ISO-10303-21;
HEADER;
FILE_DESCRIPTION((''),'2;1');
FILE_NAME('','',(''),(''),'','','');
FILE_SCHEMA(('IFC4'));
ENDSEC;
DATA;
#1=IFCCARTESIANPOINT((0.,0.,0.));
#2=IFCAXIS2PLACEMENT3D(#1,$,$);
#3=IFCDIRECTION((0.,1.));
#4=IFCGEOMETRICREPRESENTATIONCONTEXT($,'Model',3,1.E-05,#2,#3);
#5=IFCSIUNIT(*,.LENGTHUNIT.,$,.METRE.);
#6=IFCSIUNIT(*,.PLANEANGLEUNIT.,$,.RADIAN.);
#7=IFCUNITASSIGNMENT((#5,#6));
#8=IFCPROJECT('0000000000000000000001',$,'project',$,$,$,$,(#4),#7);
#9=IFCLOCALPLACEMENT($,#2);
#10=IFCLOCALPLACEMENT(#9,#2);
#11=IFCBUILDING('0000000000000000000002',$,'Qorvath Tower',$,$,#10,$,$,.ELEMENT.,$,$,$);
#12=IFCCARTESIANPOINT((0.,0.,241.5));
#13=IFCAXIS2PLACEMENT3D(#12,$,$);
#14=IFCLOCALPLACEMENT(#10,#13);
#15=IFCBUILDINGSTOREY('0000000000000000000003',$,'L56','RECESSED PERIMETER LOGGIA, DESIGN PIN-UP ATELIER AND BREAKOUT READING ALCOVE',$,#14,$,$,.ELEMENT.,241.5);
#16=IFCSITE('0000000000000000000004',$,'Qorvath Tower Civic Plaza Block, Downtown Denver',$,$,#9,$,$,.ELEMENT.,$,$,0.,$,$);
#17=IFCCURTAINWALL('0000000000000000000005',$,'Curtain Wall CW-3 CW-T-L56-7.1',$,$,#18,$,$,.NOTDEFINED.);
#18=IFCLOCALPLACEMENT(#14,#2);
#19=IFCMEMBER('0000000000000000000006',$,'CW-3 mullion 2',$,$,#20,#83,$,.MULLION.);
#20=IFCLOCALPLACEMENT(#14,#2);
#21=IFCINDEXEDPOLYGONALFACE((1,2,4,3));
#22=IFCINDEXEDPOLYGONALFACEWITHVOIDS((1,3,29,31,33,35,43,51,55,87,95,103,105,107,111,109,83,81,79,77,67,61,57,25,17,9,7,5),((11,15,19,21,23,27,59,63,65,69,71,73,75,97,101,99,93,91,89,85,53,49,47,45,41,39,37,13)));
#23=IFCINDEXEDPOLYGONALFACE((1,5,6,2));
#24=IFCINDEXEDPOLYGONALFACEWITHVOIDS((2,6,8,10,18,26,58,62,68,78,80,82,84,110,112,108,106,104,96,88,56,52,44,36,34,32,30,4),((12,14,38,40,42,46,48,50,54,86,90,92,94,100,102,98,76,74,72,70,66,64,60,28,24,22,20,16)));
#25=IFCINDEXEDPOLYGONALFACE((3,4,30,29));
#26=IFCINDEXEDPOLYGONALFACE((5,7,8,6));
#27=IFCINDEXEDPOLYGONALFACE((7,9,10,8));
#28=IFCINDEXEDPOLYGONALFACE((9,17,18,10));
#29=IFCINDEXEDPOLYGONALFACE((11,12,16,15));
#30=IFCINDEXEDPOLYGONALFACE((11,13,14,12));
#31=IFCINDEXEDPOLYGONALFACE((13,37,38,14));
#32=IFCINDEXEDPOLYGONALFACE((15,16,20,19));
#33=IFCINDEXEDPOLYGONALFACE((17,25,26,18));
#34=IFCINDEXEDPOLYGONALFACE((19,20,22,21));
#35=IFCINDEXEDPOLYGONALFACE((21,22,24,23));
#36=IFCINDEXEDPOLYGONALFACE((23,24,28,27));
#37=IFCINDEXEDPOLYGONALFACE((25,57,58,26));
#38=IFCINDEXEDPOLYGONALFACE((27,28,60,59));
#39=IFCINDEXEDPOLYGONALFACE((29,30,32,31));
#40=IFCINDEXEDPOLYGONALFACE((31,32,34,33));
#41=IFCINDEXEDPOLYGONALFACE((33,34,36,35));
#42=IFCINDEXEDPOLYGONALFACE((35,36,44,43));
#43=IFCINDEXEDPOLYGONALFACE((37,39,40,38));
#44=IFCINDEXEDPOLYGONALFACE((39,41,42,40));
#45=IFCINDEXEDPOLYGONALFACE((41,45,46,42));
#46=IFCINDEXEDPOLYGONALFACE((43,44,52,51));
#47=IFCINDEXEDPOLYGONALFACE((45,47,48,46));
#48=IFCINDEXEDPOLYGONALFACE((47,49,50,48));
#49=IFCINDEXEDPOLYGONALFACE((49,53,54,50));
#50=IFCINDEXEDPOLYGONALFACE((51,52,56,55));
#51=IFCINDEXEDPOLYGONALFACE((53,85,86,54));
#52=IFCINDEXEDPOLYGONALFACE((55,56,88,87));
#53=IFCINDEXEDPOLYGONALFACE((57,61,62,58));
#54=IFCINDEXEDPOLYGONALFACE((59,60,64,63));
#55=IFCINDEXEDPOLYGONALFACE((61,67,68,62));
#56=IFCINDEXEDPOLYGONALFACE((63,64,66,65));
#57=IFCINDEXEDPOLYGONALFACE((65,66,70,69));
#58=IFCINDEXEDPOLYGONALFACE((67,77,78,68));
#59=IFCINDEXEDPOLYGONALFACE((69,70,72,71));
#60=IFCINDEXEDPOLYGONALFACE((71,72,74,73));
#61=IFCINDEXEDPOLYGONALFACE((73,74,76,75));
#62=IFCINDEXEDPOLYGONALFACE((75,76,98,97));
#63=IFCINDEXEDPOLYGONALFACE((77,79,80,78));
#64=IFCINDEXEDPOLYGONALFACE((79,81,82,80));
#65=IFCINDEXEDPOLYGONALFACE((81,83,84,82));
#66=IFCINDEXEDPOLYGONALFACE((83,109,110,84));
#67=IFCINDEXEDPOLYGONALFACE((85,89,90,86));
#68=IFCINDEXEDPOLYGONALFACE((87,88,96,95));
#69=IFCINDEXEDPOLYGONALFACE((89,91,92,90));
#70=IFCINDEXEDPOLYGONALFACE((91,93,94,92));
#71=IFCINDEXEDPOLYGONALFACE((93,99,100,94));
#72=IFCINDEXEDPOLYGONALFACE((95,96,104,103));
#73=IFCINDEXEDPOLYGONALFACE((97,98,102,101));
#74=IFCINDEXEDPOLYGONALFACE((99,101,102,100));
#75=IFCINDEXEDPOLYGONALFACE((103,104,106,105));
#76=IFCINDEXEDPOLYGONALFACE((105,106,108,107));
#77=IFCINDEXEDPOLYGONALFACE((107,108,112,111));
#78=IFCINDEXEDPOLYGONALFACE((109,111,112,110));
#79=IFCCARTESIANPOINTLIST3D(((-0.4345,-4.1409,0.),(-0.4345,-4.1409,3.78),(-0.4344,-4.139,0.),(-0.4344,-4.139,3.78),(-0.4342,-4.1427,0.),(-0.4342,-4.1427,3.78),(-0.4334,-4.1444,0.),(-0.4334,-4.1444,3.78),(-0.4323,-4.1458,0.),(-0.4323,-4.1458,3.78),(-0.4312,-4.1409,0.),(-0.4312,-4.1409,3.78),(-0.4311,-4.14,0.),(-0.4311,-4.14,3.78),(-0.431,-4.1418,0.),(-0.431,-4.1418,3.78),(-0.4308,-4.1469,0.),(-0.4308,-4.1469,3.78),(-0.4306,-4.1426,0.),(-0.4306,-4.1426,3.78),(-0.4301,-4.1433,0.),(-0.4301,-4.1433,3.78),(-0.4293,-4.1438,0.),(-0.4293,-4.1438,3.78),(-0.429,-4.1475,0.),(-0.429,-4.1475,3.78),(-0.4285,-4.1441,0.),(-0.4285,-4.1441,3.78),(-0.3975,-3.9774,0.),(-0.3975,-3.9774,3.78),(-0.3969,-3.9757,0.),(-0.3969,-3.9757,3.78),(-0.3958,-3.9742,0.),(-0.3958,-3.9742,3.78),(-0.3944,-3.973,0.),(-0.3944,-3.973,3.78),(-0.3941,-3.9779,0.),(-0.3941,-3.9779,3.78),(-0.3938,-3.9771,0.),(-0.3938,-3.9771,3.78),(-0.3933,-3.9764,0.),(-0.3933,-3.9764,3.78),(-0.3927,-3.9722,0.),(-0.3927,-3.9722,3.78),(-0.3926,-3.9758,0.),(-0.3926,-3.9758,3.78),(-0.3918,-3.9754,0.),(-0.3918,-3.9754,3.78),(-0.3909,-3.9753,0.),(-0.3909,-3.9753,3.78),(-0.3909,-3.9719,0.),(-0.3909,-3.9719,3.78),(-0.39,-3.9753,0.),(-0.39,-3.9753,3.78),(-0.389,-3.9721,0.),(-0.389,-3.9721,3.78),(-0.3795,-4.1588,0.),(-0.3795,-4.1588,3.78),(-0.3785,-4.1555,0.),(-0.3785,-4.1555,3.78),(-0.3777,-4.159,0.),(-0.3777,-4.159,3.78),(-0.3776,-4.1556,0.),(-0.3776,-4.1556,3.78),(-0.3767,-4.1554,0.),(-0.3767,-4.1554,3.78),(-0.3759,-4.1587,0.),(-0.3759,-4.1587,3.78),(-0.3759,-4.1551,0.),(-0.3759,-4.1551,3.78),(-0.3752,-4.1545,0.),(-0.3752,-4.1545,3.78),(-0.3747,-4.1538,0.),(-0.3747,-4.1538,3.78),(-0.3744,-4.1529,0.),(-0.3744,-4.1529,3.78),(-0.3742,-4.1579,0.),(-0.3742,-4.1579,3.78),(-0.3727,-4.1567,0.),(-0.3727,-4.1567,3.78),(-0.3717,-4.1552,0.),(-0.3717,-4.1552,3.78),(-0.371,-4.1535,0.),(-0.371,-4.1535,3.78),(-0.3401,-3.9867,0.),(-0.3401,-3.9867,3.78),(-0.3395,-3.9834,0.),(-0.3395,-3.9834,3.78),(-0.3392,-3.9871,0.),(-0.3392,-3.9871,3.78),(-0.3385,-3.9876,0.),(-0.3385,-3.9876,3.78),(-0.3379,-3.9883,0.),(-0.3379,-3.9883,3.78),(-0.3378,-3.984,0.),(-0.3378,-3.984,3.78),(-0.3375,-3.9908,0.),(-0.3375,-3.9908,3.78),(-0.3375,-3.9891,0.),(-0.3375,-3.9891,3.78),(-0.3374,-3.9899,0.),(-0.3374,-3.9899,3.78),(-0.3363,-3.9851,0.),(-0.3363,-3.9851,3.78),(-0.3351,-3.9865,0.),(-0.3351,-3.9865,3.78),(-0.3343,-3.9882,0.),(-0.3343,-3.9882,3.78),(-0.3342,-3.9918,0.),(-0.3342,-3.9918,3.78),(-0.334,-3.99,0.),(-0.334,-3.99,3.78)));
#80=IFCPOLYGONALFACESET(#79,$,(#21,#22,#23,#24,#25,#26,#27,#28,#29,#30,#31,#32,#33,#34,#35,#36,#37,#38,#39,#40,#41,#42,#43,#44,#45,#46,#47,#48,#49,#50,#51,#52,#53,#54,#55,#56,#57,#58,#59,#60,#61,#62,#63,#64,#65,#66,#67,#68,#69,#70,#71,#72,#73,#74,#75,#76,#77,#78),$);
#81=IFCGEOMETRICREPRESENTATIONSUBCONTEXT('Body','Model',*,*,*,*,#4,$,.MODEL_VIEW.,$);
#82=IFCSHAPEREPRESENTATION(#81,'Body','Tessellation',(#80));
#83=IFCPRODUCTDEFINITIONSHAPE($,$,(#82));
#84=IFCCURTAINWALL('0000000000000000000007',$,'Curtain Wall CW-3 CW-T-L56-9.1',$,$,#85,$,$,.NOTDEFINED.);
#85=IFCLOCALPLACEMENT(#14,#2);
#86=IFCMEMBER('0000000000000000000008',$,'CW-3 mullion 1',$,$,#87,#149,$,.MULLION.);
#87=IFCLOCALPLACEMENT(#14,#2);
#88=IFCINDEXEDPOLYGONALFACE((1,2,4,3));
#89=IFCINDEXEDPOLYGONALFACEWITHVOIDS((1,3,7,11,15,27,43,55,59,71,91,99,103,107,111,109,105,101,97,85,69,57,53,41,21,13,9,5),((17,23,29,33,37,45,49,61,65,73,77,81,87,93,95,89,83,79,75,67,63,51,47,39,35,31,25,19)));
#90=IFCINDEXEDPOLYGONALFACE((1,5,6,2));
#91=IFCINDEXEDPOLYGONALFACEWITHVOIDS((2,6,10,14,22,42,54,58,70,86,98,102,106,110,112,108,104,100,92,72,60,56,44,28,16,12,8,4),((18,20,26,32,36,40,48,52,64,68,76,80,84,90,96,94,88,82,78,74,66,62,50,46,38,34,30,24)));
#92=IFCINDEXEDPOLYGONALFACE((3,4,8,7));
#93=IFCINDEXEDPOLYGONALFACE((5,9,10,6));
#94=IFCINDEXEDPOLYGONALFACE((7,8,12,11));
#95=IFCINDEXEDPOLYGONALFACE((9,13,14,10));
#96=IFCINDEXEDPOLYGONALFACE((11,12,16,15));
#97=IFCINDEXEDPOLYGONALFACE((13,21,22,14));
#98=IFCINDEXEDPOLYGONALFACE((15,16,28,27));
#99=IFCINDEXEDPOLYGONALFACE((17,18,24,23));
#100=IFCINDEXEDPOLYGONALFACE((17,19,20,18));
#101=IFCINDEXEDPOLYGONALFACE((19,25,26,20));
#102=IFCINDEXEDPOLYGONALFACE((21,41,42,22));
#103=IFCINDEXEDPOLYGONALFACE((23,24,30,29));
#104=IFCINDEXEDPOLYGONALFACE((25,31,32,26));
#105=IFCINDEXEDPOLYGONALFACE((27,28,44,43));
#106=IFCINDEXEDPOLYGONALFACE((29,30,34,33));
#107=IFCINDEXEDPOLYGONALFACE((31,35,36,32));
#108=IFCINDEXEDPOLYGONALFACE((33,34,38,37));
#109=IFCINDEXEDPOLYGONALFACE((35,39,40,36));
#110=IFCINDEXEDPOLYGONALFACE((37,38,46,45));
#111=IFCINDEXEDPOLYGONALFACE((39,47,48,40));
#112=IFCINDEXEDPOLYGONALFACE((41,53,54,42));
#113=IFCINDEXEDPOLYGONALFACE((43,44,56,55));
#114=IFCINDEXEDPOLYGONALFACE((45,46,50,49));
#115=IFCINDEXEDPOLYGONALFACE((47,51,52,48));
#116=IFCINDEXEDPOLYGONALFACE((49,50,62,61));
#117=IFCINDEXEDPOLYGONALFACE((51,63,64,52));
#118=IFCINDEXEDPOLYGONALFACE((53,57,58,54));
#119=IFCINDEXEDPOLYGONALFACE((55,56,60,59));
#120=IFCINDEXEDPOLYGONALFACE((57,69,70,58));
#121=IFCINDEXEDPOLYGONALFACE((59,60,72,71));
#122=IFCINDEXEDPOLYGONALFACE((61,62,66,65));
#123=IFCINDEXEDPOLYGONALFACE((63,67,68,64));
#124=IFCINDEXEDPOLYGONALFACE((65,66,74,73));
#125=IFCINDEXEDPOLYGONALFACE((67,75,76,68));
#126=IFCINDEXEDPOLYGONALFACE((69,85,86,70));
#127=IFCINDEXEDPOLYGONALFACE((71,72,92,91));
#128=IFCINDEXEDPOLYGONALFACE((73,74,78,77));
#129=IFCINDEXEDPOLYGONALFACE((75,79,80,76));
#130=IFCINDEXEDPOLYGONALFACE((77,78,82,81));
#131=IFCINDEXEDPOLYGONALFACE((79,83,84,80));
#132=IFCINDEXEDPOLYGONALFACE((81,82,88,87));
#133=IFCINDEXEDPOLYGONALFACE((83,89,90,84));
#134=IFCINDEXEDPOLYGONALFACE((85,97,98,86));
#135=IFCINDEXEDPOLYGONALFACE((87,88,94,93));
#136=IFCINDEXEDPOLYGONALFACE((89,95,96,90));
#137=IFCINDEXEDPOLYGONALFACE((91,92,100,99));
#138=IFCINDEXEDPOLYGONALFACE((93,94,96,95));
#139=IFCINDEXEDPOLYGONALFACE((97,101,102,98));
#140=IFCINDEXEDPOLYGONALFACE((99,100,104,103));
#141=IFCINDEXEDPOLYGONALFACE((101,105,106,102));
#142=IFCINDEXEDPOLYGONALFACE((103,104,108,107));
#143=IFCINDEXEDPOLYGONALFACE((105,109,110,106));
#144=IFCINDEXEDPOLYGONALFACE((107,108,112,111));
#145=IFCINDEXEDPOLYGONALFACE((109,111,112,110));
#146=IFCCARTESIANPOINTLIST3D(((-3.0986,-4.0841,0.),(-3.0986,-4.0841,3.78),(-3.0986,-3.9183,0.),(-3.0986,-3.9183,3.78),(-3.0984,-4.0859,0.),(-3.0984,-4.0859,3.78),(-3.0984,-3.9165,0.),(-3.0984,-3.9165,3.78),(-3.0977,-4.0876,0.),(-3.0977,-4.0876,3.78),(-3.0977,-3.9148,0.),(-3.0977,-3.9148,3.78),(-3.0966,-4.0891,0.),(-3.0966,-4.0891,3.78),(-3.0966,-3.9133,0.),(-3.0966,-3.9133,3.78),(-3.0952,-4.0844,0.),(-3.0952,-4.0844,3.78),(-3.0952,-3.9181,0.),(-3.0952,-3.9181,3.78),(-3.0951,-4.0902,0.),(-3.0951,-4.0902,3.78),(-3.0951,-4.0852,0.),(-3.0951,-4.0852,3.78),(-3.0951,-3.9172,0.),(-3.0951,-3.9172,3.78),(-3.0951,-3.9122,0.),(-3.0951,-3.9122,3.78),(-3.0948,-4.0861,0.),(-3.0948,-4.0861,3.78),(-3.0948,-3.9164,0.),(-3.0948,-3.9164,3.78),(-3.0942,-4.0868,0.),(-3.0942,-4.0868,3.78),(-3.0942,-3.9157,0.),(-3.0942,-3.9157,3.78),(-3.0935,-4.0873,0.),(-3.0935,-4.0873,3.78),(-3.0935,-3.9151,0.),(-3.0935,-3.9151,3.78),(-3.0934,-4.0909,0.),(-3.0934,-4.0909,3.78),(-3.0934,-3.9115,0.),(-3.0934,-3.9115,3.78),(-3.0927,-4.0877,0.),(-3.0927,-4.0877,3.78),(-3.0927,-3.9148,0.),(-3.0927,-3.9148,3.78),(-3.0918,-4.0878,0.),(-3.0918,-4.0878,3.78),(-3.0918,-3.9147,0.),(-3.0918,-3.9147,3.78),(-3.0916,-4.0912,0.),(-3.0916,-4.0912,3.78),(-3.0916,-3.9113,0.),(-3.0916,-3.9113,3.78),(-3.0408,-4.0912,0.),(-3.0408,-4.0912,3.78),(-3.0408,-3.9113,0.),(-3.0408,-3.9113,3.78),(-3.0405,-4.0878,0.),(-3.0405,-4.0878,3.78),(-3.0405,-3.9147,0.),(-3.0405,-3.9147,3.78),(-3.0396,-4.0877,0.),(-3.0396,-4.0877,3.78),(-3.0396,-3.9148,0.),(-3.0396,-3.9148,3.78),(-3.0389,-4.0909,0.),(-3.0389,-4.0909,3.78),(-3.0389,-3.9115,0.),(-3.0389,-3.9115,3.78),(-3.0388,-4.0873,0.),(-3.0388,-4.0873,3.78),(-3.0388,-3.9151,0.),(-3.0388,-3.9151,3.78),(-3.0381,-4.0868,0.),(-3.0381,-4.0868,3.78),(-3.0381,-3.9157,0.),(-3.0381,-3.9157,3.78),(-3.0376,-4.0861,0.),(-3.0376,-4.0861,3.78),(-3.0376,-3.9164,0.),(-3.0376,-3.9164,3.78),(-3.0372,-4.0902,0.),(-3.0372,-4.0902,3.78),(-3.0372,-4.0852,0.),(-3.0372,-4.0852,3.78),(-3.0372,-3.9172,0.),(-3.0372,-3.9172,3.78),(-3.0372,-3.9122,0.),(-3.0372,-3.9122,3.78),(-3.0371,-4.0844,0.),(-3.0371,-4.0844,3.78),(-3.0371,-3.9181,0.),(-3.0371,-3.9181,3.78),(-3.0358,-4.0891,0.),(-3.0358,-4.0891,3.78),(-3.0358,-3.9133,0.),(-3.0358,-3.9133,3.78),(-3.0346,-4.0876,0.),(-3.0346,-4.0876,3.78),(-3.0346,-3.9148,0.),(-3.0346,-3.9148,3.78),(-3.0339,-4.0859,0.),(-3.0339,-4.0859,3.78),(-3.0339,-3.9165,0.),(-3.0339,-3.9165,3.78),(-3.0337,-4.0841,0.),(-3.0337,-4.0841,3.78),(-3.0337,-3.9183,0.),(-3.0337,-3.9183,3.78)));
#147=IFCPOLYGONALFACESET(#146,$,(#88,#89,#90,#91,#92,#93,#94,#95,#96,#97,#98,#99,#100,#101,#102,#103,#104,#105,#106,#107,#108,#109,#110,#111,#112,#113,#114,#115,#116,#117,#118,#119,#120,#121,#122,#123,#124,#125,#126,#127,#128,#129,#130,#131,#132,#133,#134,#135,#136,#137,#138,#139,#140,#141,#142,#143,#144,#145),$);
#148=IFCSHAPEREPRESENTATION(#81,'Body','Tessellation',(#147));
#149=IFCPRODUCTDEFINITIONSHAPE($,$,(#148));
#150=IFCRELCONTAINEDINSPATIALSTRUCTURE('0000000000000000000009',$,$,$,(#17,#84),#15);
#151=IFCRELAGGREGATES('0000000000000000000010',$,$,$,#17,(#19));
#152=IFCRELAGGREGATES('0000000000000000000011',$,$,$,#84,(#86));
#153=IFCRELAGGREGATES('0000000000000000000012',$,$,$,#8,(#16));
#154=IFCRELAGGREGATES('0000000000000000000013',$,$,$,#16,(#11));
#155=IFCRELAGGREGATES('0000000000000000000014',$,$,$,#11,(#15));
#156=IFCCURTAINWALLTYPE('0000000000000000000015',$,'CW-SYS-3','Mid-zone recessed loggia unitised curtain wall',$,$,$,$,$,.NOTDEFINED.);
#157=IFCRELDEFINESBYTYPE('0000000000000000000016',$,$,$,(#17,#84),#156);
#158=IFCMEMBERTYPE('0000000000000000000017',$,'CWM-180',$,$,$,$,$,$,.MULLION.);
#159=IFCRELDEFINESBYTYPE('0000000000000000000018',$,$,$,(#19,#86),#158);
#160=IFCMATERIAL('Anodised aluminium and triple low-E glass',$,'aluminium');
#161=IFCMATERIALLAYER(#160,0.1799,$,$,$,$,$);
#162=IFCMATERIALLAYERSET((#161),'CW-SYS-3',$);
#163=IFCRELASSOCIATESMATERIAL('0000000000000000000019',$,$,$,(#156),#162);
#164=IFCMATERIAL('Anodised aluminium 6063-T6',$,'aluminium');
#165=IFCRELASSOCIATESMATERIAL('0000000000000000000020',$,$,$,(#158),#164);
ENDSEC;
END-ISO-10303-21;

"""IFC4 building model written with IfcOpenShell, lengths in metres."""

from ifc_helpers import new_model, si_unit, direction, frame, origin, origin_2d, place, context, subcontext, project, spatial, hollow_rectangle, extrude, material, layer, layer_set, material_profile, profile_set, type_object, element, aggregate, save


model = new_model("IFC4")

# Units and contexts
model_context = context("Model", 3, precision=1e-05, world=origin(), true_north=direction((0.0, 1.0)))
body_context = subcontext(model_context, "Body", "Model", "MODEL_VIEW")
ifc_project = project(units=[si_unit("LENGTHUNIT", "METRE"), si_unit("PLANEANGLEUNIT", "RADIAN")], contexts=[model_context])

# Site, building, storey
site_placement = place(None, origin())
site = spatial("IfcSite", under=ifc_project, at=site_placement, Name="Qorvath Tower Civic Plaza Block, Downtown Denver", CompositionType="ELEMENT", RefElevation=0.0)
building_placement = place(site_placement, origin())
building = spatial("IfcBuilding", under=site, at=building_placement, Name="Qorvath Tower", CompositionType="ELEMENT")
storey_placement = place(building_placement, frame((0.0, 0.0, 241.5)))
storey = spatial("IfcBuildingStorey", under=building, at=storey_placement, Name="L56", Description="RECESSED PERIMETER LOGGIA, DESIGN PIN-UP ATELIER AND BREAKOUT READING ALCOVE", CompositionType="ELEMENT", Elevation=241.5)

# Curtain wall, member
ifc_material_1 = material(Name="Anodised aluminium and triple low-E glass", Category="aluminium")
ifc_layer_1 = layer(ifc_material_1, 0.1799)
ifc_layer_set_1 = layer_set([ifc_layer_1], Name="CW-SYS-3")
curtain_wall_type = type_object("IfcCurtainWallType", Name="CW-SYS-3", Description="Mid-zone recessed loggia unitised curtain wall", PredefinedType="NOTDEFINED", material=ifc_layer_set_1)
curtain_wall_1_placement = place(storey_placement, origin())
curtain_wall_1 = element("IfcCurtainWall", 1, at=curtain_wall_1_placement, inside=storey, type_object=curtain_wall_type, Name="Curtain Wall CW-3 CW-T-L56-7.1", PredefinedType="NOTDEFINED")
ifc_material_2 = material(Name="Anodised aluminium 6063-T6", Category="aluminium")
ifc_material_profile_1 = material_profile(ifc_material_2, hollow_rectangle(XDim=0.0649, YDim=0.1799, WallThickness=0.0034, InnerFilletRadius=0.0034, OuterFilletRadius=0.0071, at=origin_2d()), Name="CWM 180x65")
ifc_profile_set_1 = profile_set([ifc_material_profile_1], Name="Anodised aluminium 6063-T6")
member_type_1 = type_object("IfcMemberType", Name="CWM-180", PredefinedType="MULLION", material=ifc_profile_set_1)
member_1_placement = place(storey_placement, frame((-0.3843, -4.0654, 0.0), z_axis=(0.0, 0.0, 1.0), x_axis=(-0.975, 0.222206, 0.0)))
member_1 = element("IfcMember", 2, at=member_1_placement, type_object=member_type_1, Name="CW-3 mullion 2", PredefinedType="MULLION", context=body_context, shape_type="SweptSolid", body=[
    extrude(hollow_rectangle(XDim=0.0649, YDim=0.1799, WallThickness=0.0034, InnerFilletRadius=0.0034, OuterFilletRadius=0.0071, at=origin_2d()), origin(), (0.0, 0.0, 1.0), 3.78),
])
aggregate(curtain_wall_1, [member_1])

# Curtain wall, member
curtain_wall_2_placement = place(storey_placement, origin())
curtain_wall_2 = element("IfcCurtainWall", 3, at=curtain_wall_2_placement, inside=storey, type_object=curtain_wall_type, Name="Curtain Wall CW-3 CW-T-L56-9.1", PredefinedType="NOTDEFINED")
member_2_placement = place(storey_placement, frame((-3.0662, -4.0012, 0.0), z_axis=(0.0, 0.0, 1.0), x_axis=(-1.0, 0.0, 0.0)))
member_2 = element("IfcMember", 4, at=member_2_placement, type_object=member_type_1, Name="CW-3 mullion 1", PredefinedType="MULLION", context=body_context, shape_type="SweptSolid", body=[
    extrude(hollow_rectangle(XDim=0.0649, YDim=0.1799, WallThickness=0.0034, InnerFilletRadius=0.0034, OuterFilletRadius=0.0071, at=origin_2d()), origin(), (0.0, 0.0, 1.0), 3.78),
])
aggregate(curtain_wall_2, [member_2])

save(model, "model.ifc")
